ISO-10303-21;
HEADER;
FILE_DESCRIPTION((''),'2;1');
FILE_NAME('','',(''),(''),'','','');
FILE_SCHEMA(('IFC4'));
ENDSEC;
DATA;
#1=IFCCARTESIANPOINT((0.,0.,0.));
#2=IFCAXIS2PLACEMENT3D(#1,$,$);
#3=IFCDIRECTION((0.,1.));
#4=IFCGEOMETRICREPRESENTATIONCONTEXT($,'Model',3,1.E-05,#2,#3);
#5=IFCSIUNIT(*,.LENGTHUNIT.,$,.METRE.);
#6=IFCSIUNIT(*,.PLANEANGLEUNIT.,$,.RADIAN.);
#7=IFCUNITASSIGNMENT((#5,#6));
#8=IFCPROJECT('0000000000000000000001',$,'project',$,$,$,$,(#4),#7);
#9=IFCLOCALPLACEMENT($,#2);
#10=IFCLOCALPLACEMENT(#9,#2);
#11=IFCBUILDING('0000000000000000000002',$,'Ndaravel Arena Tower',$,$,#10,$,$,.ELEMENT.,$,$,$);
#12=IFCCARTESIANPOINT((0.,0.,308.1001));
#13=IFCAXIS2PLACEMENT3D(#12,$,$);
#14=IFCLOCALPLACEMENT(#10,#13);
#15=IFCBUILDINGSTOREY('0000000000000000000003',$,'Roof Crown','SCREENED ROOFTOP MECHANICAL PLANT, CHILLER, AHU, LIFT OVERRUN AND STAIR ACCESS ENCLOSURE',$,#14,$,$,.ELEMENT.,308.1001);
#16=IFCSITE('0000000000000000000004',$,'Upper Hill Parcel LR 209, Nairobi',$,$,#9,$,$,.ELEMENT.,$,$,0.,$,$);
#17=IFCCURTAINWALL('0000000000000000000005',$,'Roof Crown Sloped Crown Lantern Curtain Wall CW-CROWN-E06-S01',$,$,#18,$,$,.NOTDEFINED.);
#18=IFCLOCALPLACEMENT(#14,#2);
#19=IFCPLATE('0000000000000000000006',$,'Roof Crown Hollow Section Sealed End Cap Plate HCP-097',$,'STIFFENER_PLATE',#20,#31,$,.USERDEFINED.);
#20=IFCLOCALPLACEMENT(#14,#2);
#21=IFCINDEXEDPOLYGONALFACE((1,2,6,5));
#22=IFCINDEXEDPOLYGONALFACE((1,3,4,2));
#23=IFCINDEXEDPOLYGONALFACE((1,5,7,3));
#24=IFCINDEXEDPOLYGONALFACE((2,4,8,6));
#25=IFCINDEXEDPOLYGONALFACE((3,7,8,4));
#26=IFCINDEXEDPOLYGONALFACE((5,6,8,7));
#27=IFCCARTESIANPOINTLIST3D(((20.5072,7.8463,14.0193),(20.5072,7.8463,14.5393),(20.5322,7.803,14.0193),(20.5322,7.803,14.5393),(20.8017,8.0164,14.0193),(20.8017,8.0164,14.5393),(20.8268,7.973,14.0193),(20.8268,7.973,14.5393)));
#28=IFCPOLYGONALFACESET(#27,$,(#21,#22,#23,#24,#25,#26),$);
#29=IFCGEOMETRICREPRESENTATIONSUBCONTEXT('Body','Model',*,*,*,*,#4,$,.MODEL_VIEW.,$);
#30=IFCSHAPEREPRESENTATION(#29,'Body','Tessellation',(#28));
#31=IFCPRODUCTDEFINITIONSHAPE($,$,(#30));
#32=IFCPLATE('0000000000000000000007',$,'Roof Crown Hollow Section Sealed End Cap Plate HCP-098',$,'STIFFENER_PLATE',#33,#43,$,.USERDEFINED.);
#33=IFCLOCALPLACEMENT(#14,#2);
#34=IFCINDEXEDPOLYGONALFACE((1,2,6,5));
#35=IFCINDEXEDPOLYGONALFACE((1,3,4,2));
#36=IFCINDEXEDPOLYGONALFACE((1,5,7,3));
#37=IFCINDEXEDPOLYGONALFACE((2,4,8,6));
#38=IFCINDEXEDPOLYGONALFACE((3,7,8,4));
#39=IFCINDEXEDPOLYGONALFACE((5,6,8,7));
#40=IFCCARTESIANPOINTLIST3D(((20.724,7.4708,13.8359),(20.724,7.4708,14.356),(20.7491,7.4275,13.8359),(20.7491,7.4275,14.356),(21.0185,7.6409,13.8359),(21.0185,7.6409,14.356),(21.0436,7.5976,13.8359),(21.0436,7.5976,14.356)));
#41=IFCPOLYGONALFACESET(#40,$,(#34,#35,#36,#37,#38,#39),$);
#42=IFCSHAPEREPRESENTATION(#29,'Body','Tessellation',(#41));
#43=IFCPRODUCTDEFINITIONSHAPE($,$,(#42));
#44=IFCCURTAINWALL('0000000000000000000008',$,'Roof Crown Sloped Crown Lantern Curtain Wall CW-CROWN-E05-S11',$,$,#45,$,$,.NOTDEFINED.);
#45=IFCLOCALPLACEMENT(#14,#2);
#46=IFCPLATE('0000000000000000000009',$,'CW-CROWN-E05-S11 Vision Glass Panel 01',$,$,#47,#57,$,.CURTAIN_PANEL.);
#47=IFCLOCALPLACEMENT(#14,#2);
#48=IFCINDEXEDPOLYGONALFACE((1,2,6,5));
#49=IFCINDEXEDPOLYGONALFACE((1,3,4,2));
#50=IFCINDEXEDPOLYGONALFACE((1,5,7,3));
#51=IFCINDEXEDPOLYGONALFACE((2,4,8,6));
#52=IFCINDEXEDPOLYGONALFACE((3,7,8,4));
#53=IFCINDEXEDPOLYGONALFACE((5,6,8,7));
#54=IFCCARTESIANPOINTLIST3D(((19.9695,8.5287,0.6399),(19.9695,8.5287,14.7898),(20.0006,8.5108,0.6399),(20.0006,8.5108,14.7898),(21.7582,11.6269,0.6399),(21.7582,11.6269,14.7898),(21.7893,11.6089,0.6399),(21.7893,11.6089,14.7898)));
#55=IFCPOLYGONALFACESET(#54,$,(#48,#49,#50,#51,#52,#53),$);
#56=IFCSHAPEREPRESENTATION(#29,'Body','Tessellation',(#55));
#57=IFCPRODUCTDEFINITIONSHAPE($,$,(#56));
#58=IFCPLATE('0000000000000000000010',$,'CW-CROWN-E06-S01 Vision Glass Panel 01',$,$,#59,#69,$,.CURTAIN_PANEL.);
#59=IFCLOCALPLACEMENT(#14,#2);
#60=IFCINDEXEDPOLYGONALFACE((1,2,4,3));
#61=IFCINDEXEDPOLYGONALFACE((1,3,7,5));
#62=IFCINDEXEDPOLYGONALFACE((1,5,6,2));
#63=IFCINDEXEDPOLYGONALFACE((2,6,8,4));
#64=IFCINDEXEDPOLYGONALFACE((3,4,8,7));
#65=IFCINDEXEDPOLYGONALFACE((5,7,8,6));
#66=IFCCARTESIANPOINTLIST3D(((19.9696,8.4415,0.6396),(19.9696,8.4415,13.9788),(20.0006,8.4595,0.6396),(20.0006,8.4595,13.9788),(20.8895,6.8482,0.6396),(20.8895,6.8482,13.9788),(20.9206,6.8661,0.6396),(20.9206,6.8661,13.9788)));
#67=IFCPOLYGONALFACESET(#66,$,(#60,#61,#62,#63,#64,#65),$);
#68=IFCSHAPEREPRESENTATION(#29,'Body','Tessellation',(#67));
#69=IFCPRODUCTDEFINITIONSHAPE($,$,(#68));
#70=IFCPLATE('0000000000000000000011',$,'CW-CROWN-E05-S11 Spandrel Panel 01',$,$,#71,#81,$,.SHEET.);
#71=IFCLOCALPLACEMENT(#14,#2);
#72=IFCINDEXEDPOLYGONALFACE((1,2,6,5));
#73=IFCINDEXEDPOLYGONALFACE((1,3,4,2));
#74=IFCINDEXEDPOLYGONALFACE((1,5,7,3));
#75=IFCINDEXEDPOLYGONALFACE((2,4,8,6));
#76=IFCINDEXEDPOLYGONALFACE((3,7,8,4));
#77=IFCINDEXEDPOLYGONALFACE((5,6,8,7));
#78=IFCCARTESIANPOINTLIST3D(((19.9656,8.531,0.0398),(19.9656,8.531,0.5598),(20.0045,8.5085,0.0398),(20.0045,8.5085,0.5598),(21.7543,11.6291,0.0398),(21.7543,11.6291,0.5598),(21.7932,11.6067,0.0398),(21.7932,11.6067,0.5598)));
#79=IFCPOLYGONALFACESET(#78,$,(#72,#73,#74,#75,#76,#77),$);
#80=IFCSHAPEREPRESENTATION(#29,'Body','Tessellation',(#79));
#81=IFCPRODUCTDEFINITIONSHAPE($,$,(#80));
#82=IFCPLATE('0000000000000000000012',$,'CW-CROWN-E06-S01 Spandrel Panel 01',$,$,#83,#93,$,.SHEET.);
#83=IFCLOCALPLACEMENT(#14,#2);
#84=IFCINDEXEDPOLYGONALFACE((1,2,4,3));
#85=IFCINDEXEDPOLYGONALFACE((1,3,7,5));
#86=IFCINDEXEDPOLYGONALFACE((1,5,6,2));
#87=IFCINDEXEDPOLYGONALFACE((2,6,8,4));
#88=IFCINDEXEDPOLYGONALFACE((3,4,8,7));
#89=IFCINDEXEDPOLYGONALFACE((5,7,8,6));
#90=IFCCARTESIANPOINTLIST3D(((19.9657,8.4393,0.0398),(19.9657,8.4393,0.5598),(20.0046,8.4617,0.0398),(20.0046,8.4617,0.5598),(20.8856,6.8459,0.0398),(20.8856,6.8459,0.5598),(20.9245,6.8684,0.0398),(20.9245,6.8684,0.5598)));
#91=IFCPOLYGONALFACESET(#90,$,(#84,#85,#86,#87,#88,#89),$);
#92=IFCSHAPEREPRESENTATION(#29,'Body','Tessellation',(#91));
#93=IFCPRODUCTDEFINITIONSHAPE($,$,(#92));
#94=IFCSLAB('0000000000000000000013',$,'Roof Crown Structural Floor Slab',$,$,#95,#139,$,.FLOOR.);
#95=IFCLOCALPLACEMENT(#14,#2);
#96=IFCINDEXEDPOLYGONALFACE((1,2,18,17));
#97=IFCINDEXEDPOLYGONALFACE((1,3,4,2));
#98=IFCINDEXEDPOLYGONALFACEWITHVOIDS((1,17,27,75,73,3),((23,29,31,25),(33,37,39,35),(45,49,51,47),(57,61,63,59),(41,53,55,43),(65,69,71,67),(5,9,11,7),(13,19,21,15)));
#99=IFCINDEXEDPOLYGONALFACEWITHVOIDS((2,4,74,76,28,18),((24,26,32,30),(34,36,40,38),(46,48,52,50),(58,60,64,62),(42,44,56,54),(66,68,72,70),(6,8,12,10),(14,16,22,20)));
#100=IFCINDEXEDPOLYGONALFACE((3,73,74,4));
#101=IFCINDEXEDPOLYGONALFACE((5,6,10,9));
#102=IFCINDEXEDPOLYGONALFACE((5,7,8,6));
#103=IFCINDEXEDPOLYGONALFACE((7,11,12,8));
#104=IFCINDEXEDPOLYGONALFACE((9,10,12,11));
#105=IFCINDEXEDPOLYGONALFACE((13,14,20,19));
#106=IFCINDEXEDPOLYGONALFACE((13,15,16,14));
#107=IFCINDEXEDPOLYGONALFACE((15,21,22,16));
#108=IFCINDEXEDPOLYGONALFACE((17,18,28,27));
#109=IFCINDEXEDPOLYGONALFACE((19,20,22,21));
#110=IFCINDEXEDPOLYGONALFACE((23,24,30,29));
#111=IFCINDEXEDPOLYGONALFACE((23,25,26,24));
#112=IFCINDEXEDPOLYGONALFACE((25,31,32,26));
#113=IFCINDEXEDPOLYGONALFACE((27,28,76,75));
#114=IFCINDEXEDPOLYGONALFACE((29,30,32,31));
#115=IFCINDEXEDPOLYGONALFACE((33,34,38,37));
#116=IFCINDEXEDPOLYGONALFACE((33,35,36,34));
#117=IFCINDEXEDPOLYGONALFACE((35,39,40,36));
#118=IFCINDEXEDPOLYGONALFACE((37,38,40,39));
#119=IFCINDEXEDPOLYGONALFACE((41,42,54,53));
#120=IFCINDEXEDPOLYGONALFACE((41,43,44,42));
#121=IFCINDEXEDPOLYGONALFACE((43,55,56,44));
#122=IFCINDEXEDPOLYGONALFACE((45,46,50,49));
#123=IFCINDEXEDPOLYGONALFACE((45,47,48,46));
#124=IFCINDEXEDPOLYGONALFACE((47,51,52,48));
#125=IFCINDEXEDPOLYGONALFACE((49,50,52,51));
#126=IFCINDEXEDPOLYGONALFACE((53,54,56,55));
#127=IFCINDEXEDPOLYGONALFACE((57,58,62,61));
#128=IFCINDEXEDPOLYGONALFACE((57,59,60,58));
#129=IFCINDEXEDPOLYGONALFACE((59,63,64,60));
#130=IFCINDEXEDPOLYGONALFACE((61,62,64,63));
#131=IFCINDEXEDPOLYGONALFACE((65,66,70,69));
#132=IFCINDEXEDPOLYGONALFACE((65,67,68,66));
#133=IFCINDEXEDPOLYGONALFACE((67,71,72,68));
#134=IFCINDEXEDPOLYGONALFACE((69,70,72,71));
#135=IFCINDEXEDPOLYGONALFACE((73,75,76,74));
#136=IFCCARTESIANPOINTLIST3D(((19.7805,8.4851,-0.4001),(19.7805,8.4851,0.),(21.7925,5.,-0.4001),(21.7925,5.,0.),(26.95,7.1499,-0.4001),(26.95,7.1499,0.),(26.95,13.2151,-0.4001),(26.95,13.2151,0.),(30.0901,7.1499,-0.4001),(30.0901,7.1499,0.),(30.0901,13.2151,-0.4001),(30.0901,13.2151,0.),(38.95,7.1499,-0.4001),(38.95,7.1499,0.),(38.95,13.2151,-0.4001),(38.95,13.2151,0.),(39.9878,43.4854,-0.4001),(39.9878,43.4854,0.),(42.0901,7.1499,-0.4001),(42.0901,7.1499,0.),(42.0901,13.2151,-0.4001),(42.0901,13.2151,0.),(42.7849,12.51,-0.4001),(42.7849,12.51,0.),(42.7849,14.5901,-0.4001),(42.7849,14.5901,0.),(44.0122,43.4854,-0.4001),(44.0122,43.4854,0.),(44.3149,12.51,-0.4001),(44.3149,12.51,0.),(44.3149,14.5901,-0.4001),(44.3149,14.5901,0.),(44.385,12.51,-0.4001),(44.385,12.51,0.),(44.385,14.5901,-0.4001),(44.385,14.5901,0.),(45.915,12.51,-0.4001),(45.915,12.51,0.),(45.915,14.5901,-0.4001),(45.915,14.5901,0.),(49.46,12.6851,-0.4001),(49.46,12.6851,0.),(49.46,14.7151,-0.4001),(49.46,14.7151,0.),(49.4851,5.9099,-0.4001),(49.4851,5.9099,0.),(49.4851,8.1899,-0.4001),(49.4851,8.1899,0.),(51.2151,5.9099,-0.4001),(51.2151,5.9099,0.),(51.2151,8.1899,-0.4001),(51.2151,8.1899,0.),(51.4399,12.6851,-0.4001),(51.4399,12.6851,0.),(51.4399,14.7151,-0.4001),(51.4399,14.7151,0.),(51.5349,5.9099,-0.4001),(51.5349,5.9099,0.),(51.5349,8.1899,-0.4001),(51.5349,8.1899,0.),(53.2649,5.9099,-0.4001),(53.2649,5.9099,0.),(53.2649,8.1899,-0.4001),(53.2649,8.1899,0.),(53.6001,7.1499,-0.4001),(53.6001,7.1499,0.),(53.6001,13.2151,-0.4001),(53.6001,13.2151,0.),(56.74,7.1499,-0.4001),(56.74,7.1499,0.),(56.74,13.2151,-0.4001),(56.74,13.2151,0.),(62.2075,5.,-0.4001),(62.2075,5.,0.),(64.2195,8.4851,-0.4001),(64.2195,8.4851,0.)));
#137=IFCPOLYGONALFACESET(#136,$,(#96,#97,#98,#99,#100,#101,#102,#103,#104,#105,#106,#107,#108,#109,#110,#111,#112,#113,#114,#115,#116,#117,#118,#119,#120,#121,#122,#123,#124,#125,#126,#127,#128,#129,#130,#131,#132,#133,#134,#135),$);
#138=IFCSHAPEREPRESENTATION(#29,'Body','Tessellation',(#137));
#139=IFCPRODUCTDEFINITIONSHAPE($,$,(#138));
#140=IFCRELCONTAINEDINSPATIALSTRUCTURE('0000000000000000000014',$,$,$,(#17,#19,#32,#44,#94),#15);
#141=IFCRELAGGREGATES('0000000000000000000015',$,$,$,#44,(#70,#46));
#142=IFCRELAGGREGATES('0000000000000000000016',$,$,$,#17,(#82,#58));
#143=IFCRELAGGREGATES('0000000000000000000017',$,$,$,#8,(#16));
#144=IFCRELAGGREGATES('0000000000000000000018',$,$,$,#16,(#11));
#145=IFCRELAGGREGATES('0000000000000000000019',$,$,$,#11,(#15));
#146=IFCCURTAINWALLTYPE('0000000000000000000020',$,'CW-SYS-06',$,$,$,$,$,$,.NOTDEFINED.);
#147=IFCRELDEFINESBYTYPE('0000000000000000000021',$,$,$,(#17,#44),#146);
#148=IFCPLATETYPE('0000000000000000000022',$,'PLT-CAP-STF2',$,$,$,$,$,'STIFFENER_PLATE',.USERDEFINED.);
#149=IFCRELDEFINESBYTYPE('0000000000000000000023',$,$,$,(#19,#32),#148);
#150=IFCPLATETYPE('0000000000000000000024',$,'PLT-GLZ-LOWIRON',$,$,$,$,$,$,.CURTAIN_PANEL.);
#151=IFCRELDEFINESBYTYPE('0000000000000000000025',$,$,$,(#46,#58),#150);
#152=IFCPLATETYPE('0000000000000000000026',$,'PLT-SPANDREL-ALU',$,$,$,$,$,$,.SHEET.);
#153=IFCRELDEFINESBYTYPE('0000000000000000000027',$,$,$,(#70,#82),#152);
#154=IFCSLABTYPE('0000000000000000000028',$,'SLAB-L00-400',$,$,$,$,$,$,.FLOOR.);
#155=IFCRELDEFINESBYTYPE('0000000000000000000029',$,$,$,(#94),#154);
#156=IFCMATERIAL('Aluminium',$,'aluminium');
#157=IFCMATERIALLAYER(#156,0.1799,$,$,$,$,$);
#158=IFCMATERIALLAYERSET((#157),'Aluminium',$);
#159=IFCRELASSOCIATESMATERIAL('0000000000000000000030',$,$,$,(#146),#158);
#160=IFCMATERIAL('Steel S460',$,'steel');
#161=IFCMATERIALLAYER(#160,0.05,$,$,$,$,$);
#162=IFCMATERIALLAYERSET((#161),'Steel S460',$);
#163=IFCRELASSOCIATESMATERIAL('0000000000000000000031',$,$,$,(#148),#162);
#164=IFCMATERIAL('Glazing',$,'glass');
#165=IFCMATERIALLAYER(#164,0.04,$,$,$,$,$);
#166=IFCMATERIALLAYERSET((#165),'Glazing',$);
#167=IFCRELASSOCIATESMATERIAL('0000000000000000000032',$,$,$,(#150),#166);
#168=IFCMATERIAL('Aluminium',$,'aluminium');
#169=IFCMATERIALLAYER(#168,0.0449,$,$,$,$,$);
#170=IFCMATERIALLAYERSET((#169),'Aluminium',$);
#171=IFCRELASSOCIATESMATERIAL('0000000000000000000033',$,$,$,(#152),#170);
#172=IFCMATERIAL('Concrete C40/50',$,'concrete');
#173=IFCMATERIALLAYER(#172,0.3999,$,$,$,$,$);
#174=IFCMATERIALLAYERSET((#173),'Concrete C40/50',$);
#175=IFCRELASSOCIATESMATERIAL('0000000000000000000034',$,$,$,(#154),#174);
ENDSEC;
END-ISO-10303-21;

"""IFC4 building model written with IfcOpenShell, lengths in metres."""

from ifc_helpers import new_model, si_unit, direction, frame, origin, origin_2d, place, context, subcontext, project, spatial, polyline, rectangle, outline, extrude, material, layer, layer_set, type_object, element, aggregate, save


model = new_model("IFC4")

# Units and contexts
model_context = context("Model", 3, precision=1e-05, world=origin(), true_north=direction((0.0, 1.0)))
body_context = subcontext(model_context, "Body", "Model", "MODEL_VIEW")
ifc_project = project(units=[si_unit("LENGTHUNIT", "METRE"), si_unit("PLANEANGLEUNIT", "RADIAN")], contexts=[model_context])

# Site, building, storey
site_placement = place(None, origin())
site = spatial("IfcSite", under=ifc_project, at=site_placement, Name="Upper Hill Parcel LR 209, Nairobi", CompositionType="ELEMENT", RefElevation=0.0)
building_placement = place(site_placement, origin())
building = spatial("IfcBuilding", under=site, at=building_placement, Name="Ndaravel Arena Tower", CompositionType="ELEMENT")
storey_placement = place(building_placement, frame((0.0, 0.0, 308.1001)))
storey = spatial("IfcBuildingStorey", under=building, at=storey_placement, Name="Roof Crown", Description="SCREENED ROOFTOP MECHANICAL PLANT, CHILLER, AHU, LIFT OVERRUN AND STAIR ACCESS ENCLOSURE", CompositionType="ELEMENT", Elevation=308.1001)

# Curtain wall
ifc_material_1 = material(Name="Aluminium", Category="aluminium")
ifc_layer_1 = layer(ifc_material_1, 0.1799)
ifc_layer_set_1 = layer_set([ifc_layer_1], Name="Aluminium")
curtain_wall_type = type_object("IfcCurtainWallType", Name="CW-SYS-06", PredefinedType="NOTDEFINED", material=ifc_layer_set_1)
curtain_wall_1_placement = place(storey_placement, origin())
curtain_wall_1 = element("IfcCurtainWall", 1, at=curtain_wall_1_placement, inside=storey, type_object=curtain_wall_type, Name="Roof Crown Sloped Crown Lantern Curtain Wall CW-CROWN-E06-S01", PredefinedType="NOTDEFINED")

# Plates
ifc_material_2 = material(Name="Steel S460", Category="steel")
ifc_layer_2 = layer(ifc_material_2, 0.05)
ifc_layer_set_2 = layer_set([ifc_layer_2], Name="Steel S460")
plate_type_1 = type_object("IfcPlateType", Name="PLT-CAP-STF2", ElementType="STIFFENER_PLATE", PredefinedType="USERDEFINED", material=ifc_layer_set_2)
for number, where, z_axis, x_axis, name in (
    (2, (20.667, 7.9097, 14.0193), (0.0, 0.0, 1.0), (0.5, -0.866025, 0.0), "Roof Crown Hollow Section Sealed End Cap Plate HCP-097"),
    (3, (20.8838, 7.5342, 13.8359), (0.0, 0.0, 1.0), (0.500151, -0.865938, 0.0), "Roof Crown Hollow Section Sealed End Cap Plate HCP-098"),
):
    element("IfcPlate", number, at=place(storey_placement, frame(where, z_axis=z_axis, x_axis=x_axis)), inside=storey, type_object=plate_type_1, Name=name, ObjectType="STIFFENER_PLATE", PredefinedType="USERDEFINED", context=body_context, shape_type="SweptSolid", body=[
        extrude(rectangle(XDim=0.05, YDim=0.3401, at=origin_2d()), origin(), (0.0, 0.0, 1.0), 0.52),
    ])

# Curtain wall, plate
curtain_wall_2_placement = place(storey_placement, origin())
curtain_wall_2 = element("IfcCurtainWall", 4, at=curtain_wall_2_placement, inside=storey, type_object=curtain_wall_type, Name="Roof Crown Sloped Crown Lantern Curtain Wall CW-CROWN-E05-S11", PredefinedType="NOTDEFINED")
ifc_material_3 = material(Name="Glazing", Category="glass")
ifc_layer_3 = layer(ifc_material_3, 0.04)
ifc_layer_set_3 = layer_set([ifc_layer_3], Name="Glazing")
plate_type_2 = type_object("IfcPlateType", Name="PLT-GLZ-LOWIRON", PredefinedType="CURTAIN_PANEL", material=ifc_layer_set_3)
plate_1_placement = place(storey_placement, frame((20.8794, 10.0688, 0.6399), z_axis=(0.0, 0.0, 1.0), x_axis=(-0.499985, -0.866034, 0.0)))
plate_1 = element("IfcPlate", 5, at=plate_1_placement, type_object=plate_type_2, Name="CW-CROWN-E05-S11 Vision Glass Panel 01", PredefinedType="CURTAIN_PANEL", context=body_context, shape_type="SweptSolid", body=[
    extrude(rectangle(XDim=3.5774, YDim=0.0359, at=origin_2d()), origin(), (0.0, 0.0, 1.0), 14.1499),
])

# Plates
plate_2_placement = place(storey_placement, frame((20.4451, 7.6538, 0.6396), z_axis=(0.0, 0.0, 1.0), x_axis=(0.5, -0.866025, 0.0)))
plate_2 = element("IfcPlate", 6, at=plate_2_placement, type_object=plate_type_2, Name="CW-CROWN-E06-S01 Vision Glass Panel 01", PredefinedType="CURTAIN_PANEL", context=body_context, shape_type="SweptSolid", body=[
    extrude(rectangle(XDim=1.8398, YDim=0.0359, at=origin_2d()), origin(), (0.0, 0.0, 1.0), 13.3391),
])
ifc_material_4 = material(Name="Aluminium", Category="aluminium")
ifc_layer_4 = layer(ifc_material_4, 0.0449)
ifc_layer_set_4 = layer_set([ifc_layer_4], Name="Aluminium")
plate_type_3 = type_object("IfcPlateType", Name="PLT-SPANDREL-ALU", PredefinedType="SHEET", material=ifc_layer_set_4)
plate_3_placement = place(storey_placement, frame((20.8794, 10.0688, 0.0398), z_axis=(0.0, 0.0, 1.0), x_axis=(-0.499985, -0.866034, 0.0)))
plate_3 = element("IfcPlate", 7, at=plate_3_placement, type_object=plate_type_3, Name="CW-CROWN-E05-S11 Spandrel Panel 01", PredefinedType="SHEET", context=body_context, shape_type="SweptSolid", body=[
    extrude(rectangle(XDim=3.5774, YDim=0.0449, at=origin_2d()), origin(), (0.0, 0.0, 1.0), 0.52),
])
aggregate(curtain_wall_2, [plate_3, plate_1])
plate_4_placement = place(storey_placement, frame((20.4451, 7.6538, 0.0398), z_axis=(0.0, 0.0, 1.0), x_axis=(0.5, -0.866025, 0.0)))
plate_4 = element("IfcPlate", 8, at=plate_4_placement, type_object=plate_type_3, Name="CW-CROWN-E06-S01 Spandrel Panel 01", PredefinedType="SHEET", context=body_context, shape_type="SweptSolid", body=[
    extrude(rectangle(XDim=1.8398, YDim=0.0449, at=origin_2d()), origin(), (0.0, 0.0, 1.0), 0.52),
])
aggregate(curtain_wall_1, [plate_4, plate_2])

# Slab
ifc_material_5 = material(Name="Concrete C40/50", Category="concrete")
ifc_layer_5 = layer(ifc_material_5, 0.3999)
ifc_layer_set_5 = layer_set([ifc_layer_5], Name="Concrete C40/50")
slab_type = type_object("IfcSlabType", Name="SLAB-L00-400", PredefinedType="FLOOR", material=ifc_layer_set_5)
slab_placement = place(storey_placement, frame((0.0, 0.0, -0.4001)))
element("IfcSlab", 9, at=slab_placement, inside=storey, type_object=slab_type, Name="Roof Crown Structural Floor Slab", PredefinedType="FLOOR", context=body_context, shape_type="SweptSolid", body=[
    extrude(outline(polyline([(19.7805, 8.4851), (21.7925, 5.0), (62.2075, 5.0), (64.2195, 8.4851), (44.0122, 43.4854), (39.9878, 43.4854), (19.7805, 8.4851)]), holes=[polyline([(26.95, 13.2151), (26.95, 7.1499), (30.0901, 7.1499), (30.0901, 13.2151), (26.95, 13.2151)]), polyline([(38.95, 13.2151), (38.95, 7.1499), (42.0901, 7.1499), (42.0901, 13.2151), (38.95, 13.2151)]), polyline([(53.6001, 13.2151), (53.6001, 7.1499), (56.74, 7.1499), (56.74, 13.2151), (53.6001, 13.2151)]), polyline([(42.7849, 12.51), (44.3149, 12.51), (44.3149, 14.5901), (42.7849, 14.5901), (42.7849, 12.51)]), polyline([(44.385, 12.51), (45.915, 12.51), (45.915, 14.5901), (44.385, 14.5901), (44.385, 12.51)]), polyline([(49.4851, 5.9099), (51.2151, 5.9099), (51.2151, 8.1899), (49.4851, 8.1899), (49.4851, 5.9099)]), polyline([(51.5349, 5.9099), (53.2649, 5.9099), (53.2649, 8.1899), (51.5349, 8.1899), (51.5349, 5.9099)]), polyline([(49.46, 12.6851), (51.4399, 12.6851), (51.4399, 14.7151), (49.46, 14.7151), (49.46, 12.6851)])]), origin(), (0.0, 0.0, 1.0), 0.4001),
])

save(model, "model.ifc")
